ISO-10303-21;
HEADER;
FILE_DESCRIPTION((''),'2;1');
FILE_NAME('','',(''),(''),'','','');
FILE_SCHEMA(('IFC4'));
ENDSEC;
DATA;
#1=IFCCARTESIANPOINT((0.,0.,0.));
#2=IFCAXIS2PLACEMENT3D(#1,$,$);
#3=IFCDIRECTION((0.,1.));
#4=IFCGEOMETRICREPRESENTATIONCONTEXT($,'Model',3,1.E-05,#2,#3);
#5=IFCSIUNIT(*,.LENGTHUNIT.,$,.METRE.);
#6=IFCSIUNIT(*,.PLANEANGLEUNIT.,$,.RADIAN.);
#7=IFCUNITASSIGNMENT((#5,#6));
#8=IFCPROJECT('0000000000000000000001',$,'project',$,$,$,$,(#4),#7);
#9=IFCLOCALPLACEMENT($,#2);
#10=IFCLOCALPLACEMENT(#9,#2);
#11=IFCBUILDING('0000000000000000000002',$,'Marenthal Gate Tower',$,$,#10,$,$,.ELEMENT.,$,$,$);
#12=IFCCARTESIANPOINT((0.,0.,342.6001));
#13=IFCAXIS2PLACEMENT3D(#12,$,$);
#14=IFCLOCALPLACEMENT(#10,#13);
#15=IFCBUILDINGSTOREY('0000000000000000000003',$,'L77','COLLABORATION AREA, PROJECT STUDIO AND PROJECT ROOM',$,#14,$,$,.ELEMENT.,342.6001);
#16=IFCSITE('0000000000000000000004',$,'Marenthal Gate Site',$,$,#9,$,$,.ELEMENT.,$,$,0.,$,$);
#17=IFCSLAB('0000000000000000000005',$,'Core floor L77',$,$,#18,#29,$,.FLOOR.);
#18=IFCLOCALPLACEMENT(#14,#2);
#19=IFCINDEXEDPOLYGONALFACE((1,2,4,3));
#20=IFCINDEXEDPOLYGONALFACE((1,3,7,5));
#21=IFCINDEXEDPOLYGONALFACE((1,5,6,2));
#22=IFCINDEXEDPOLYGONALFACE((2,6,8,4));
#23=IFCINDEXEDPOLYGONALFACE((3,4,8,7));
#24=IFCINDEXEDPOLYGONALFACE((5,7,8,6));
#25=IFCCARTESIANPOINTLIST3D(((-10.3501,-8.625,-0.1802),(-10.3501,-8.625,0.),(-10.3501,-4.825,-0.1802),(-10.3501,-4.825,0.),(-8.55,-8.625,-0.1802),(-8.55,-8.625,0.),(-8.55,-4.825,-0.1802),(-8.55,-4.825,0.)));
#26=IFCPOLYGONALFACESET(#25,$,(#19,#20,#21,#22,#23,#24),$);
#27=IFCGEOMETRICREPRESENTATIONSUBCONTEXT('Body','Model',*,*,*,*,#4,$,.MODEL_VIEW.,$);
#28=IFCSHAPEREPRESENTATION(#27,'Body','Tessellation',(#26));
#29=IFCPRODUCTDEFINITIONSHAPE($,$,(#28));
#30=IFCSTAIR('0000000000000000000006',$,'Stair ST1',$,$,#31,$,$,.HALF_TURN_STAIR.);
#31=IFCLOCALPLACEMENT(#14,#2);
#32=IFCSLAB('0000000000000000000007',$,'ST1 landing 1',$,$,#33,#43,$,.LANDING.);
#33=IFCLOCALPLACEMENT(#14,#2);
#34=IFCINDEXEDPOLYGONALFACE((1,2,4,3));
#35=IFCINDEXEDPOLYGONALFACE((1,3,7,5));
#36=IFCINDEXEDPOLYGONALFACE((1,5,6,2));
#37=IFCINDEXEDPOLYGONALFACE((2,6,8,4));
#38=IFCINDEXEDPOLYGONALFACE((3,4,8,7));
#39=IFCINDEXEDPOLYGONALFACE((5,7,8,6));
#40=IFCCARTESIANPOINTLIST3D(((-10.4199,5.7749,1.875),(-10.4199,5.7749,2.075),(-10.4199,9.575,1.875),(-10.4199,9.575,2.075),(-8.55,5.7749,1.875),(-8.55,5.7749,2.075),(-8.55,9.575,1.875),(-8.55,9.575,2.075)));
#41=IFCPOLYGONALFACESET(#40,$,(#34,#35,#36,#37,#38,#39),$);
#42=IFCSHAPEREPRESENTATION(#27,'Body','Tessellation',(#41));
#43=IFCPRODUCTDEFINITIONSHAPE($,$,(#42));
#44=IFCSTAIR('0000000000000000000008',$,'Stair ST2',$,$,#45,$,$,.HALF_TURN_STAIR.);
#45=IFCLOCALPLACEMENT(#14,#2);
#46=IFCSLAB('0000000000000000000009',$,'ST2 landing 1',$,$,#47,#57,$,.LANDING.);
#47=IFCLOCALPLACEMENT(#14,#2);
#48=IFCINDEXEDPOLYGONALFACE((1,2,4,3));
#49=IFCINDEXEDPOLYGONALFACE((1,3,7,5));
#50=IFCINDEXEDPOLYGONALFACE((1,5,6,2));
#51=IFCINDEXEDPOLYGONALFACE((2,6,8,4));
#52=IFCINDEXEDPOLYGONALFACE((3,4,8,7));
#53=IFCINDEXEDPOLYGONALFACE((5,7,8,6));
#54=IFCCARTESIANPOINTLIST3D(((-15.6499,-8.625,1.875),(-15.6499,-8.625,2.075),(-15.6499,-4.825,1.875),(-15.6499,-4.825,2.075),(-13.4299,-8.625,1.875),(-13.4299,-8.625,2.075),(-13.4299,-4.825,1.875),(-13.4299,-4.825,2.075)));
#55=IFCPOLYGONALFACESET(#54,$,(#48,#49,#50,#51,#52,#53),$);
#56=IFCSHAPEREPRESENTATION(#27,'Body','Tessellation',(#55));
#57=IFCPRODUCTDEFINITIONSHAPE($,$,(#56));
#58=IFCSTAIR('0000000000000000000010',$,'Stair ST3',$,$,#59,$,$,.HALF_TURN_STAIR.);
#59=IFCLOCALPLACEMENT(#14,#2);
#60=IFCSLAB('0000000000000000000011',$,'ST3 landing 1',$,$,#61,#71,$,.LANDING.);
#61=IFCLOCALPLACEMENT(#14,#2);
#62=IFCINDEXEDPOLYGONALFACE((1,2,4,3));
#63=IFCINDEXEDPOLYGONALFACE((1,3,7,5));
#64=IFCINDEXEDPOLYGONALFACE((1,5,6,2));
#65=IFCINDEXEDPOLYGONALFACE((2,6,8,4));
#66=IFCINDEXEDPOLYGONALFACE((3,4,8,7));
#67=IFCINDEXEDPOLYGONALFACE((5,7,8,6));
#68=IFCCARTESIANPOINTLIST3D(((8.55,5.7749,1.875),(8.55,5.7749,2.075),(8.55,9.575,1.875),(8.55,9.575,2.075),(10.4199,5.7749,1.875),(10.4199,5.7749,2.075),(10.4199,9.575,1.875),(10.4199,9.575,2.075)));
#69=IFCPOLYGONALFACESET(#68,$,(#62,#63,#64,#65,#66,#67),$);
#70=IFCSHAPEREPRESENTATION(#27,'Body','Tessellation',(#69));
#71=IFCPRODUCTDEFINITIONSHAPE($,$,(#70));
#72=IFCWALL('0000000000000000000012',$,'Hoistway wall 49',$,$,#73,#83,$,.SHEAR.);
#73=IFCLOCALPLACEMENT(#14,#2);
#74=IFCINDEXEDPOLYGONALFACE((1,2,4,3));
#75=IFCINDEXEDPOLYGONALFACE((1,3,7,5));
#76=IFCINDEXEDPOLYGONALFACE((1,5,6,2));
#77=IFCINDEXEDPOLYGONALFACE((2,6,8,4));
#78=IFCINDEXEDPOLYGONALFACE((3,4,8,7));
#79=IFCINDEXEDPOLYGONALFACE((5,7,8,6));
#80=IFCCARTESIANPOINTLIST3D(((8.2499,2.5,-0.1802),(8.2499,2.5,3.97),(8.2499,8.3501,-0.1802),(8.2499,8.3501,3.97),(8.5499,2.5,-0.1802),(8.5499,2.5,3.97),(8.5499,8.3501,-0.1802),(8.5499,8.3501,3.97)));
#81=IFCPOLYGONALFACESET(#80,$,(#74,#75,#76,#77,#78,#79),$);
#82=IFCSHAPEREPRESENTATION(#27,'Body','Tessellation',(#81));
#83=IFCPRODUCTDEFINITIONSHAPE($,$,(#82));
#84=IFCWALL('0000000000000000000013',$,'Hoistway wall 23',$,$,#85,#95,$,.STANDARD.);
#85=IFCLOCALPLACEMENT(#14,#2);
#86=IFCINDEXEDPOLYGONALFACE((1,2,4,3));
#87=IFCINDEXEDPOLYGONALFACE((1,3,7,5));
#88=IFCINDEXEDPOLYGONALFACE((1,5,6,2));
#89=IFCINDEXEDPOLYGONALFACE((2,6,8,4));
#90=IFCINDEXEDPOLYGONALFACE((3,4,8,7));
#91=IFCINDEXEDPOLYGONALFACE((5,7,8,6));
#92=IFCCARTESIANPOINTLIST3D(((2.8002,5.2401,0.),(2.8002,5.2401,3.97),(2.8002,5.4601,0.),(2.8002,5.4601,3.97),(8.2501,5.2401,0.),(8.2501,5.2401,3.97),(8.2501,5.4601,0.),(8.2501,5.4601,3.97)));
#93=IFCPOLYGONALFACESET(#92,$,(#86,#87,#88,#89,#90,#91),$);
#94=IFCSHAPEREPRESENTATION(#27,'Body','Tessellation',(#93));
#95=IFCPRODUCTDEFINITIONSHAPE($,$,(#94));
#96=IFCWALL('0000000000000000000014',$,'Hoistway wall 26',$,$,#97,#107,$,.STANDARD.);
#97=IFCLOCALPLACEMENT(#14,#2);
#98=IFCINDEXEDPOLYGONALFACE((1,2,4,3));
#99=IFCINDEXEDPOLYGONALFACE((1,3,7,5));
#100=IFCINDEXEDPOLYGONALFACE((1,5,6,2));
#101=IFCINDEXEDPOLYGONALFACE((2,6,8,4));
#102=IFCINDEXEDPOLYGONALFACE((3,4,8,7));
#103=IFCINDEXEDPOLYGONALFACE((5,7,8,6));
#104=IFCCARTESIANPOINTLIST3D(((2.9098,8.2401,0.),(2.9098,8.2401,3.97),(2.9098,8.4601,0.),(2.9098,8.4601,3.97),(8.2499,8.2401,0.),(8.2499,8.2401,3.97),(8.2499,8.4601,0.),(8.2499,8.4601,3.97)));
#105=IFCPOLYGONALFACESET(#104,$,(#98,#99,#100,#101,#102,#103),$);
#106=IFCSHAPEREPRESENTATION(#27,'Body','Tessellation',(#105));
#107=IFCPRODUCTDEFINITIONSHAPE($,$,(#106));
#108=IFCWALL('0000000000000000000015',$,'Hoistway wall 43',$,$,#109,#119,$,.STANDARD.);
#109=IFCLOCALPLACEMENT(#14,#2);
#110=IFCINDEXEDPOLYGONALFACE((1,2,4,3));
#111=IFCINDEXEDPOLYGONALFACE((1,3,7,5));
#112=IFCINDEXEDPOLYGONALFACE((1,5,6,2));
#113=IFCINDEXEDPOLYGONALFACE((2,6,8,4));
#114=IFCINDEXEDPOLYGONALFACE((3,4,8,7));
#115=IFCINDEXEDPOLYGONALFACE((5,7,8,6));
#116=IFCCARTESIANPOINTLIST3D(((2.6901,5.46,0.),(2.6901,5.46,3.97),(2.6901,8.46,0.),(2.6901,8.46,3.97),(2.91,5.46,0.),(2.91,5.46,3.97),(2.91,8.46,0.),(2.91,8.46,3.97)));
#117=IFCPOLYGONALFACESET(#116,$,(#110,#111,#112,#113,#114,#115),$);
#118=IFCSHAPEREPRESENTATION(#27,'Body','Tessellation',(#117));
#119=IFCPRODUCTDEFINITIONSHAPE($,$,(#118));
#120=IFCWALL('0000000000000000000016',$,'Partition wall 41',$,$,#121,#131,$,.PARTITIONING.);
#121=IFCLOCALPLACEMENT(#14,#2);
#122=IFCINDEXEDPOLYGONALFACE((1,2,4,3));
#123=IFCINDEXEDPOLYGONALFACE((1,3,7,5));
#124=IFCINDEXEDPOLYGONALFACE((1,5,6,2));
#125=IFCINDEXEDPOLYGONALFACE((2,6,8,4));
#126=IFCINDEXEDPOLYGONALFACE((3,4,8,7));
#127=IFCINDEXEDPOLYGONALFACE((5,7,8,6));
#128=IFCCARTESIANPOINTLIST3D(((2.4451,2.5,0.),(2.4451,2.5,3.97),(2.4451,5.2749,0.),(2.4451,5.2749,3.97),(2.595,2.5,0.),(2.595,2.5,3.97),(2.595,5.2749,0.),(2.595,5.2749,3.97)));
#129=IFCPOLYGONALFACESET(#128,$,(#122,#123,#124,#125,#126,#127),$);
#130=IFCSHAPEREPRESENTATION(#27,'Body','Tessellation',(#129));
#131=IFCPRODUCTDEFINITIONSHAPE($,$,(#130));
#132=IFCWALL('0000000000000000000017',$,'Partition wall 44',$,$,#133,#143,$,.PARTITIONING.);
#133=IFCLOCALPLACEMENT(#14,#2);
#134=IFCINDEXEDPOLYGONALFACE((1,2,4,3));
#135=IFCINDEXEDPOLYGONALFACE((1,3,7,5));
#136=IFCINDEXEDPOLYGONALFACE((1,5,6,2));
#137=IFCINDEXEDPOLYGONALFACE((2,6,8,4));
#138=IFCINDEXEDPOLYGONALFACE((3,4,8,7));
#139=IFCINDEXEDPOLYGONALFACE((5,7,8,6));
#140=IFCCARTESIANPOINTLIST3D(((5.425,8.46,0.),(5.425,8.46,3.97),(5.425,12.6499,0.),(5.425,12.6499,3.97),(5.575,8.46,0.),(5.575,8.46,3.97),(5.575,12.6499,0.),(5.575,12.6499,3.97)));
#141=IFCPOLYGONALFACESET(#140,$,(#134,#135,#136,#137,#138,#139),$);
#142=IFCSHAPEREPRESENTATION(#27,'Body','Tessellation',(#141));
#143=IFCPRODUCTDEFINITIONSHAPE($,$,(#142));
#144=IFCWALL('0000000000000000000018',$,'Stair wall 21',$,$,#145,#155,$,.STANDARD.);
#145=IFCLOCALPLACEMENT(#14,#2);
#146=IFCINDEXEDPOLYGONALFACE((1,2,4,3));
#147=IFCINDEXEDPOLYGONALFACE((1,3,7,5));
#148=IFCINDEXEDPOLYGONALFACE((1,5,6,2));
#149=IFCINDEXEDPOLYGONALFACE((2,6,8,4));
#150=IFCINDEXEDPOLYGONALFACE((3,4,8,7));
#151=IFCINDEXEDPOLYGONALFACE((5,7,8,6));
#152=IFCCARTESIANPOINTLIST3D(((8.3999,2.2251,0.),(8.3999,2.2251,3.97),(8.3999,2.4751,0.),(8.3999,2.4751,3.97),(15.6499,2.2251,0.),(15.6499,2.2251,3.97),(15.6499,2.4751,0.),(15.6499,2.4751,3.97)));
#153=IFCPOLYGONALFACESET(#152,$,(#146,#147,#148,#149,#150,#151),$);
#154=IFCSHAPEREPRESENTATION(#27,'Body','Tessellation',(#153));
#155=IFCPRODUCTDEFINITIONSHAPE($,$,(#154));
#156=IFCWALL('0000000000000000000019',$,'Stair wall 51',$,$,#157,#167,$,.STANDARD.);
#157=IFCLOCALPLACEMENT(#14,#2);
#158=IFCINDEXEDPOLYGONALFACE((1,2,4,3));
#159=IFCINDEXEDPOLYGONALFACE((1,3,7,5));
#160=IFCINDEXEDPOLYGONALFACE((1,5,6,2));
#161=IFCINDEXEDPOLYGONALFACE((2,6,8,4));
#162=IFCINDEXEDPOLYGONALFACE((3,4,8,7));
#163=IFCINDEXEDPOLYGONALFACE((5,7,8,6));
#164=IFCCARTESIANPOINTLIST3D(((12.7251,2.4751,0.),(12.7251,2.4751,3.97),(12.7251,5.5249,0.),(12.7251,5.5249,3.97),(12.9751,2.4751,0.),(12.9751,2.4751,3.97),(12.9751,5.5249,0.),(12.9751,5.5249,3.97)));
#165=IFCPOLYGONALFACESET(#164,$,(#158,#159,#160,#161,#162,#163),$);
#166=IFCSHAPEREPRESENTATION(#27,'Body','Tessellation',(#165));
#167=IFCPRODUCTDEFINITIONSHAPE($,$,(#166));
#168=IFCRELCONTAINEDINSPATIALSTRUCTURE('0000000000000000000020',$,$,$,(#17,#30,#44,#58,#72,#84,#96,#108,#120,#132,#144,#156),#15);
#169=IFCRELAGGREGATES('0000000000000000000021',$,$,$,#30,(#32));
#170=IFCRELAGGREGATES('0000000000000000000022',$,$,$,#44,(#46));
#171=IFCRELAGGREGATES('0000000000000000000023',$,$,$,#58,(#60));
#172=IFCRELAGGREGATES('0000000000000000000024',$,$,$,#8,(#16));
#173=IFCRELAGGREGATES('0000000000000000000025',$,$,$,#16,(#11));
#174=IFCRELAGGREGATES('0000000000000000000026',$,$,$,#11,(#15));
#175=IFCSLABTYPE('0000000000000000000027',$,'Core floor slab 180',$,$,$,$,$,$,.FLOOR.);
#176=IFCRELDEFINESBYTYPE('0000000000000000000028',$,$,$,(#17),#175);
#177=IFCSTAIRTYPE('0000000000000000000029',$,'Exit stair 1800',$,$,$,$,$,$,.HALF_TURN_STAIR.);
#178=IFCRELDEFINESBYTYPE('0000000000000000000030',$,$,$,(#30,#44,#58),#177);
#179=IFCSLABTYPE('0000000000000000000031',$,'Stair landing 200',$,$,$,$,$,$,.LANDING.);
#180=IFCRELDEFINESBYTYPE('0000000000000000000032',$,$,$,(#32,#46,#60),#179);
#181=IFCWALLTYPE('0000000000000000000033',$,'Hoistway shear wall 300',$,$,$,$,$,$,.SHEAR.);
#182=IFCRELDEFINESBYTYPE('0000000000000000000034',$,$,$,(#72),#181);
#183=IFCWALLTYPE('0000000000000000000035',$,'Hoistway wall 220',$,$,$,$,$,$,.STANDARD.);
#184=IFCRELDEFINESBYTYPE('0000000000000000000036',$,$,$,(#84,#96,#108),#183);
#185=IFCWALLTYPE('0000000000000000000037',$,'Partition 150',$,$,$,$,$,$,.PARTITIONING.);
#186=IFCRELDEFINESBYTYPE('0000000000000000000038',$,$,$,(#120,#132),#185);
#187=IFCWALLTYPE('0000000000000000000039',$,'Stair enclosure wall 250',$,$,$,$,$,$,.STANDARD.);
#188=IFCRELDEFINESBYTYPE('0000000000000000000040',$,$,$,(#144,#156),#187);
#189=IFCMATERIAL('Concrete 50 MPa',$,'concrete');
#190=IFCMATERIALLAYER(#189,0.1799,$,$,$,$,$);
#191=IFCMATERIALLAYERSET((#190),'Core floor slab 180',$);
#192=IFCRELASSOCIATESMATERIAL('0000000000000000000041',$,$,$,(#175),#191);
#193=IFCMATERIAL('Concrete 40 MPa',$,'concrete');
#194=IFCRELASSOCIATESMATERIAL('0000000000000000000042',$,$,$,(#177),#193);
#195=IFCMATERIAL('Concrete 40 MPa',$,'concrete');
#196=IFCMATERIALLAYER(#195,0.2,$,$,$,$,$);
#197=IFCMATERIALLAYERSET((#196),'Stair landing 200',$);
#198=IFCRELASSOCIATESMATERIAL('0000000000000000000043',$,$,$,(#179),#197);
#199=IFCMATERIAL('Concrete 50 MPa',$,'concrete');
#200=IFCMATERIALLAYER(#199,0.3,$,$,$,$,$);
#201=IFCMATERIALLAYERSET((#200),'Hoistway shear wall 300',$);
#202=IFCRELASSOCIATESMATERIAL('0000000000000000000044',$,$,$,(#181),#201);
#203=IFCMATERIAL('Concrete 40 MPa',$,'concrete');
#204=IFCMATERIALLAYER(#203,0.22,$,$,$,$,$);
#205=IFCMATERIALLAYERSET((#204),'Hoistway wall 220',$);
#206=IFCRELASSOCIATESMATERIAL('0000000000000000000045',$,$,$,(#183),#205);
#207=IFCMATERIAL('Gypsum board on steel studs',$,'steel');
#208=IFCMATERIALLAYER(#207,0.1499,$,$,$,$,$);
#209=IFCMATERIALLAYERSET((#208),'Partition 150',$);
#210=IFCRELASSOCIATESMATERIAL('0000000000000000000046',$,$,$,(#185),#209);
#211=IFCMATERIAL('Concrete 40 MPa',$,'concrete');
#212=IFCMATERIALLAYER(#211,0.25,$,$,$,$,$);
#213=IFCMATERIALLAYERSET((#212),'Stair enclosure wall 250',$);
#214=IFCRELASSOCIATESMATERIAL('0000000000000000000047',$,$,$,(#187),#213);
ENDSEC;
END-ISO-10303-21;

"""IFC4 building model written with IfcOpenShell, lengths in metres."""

from ifc_helpers import new_model, si_unit, direction, frame, frame_2d, origin, place, context, subcontext, project, spatial, polyline, rectangle, outline, extrude, material, layer, layer_set, type_object, element, aggregate, save


model = new_model("IFC4")

# Units and contexts
model_context = context("Model", 3, precision=1e-05, world=origin(), true_north=direction((0.0, 1.0)))
body_context = subcontext(model_context, "Body", "Model", "MODEL_VIEW")
ifc_project = project(units=[si_unit("LENGTHUNIT", "METRE"), si_unit("PLANEANGLEUNIT", "RADIAN")], contexts=[model_context])

# Site, building, storey
site_placement = place(None, origin())
site = spatial("IfcSite", under=ifc_project, at=site_placement, Name="Marenthal Gate Site", CompositionType="ELEMENT", RefElevation=0.0)
building_placement = place(site_placement, origin())
building = spatial("IfcBuilding", under=site, at=building_placement, Name="Marenthal Gate Tower", CompositionType="ELEMENT")
storey_placement = place(building_placement, frame((0.0, 0.0, 342.6001)))
storey = spatial("IfcBuildingStorey", under=building, at=storey_placement, Name="L77", Description="COLLABORATION AREA, PROJECT STUDIO AND PROJECT ROOM", CompositionType="ELEMENT", Elevation=342.6001)

# Slab
ifc_material_1 = material(Name="Concrete 50 MPa", Category="concrete")
ifc_layer_1 = layer(ifc_material_1, 0.1799)
ifc_layer_set_1 = layer_set([ifc_layer_1], Name="Core floor slab 180")
slab_type_1 = type_object("IfcSlabType", Name="Core floor slab 180", PredefinedType="FLOOR", material=ifc_layer_set_1)
slab_1_placement = place(storey_placement, frame((0.0, 0.0, -0.1802)))
element("IfcSlab", 1, at=slab_1_placement, inside=storey, type_object=slab_type_1, Name="Core floor L77", PredefinedType="FLOOR", context=body_context, shape_type="SweptSolid", body=[
    extrude(outline(polyline([(-8.55, -4.825), (-8.55, -8.625), (-10.3501, -8.625), (-10.3501, -4.825), (-8.55, -4.825)])), origin(), (0.0, 0.0, 1.0), 0.1802),
])

# Stairs, slabs
ifc_material_2 = material(Name="Concrete 40 MPa", Category="concrete")
stair_type = type_object("IfcStairType", Name="Exit stair 1800", PredefinedType="HALF_TURN_STAIR", material=ifc_material_2)
stair_1_placement = place(storey_placement, origin())
stair_1 = element("IfcStair", 2, at=stair_1_placement, inside=storey, type_object=stair_type, Name="Stair ST1", PredefinedType="HALF_TURN_STAIR")
ifc_material_3 = material(Name="Concrete 40 MPa", Category="concrete")
ifc_layer_2 = layer(ifc_material_3, 0.2)
ifc_layer_set_2 = layer_set([ifc_layer_2], Name="Stair landing 200")
slab_type_2 = type_object("IfcSlabType", Name="Stair landing 200", PredefinedType="LANDING", material=ifc_layer_set_2)
slab_2_placement = place(storey_placement, frame((0.0, 0.0, 1.875)))
slab_2 = element("IfcSlab", 3, at=slab_2_placement, type_object=slab_type_2, Name="ST1 landing 1", PredefinedType="LANDING", context=body_context, shape_type="SweptSolid", body=[
    extrude(outline(polyline([(-10.4199, 5.7749), (-8.55, 5.7749), (-8.55, 9.575), (-10.4199, 9.575), (-10.4199, 5.7749)])), origin(), (0.0, 0.0, 1.0), 0.2),
])
aggregate(stair_1, [slab_2])
stair_2_placement = place(storey_placement, origin())
stair_2 = element("IfcStair", 4, at=stair_2_placement, inside=storey, type_object=stair_type, Name="Stair ST2", PredefinedType="HALF_TURN_STAIR")
slab_3_placement = place(storey_placement, frame((0.0, 0.0, 1.875)))
slab_3 = element("IfcSlab", 5, at=slab_3_placement, type_object=slab_type_2, Name="ST2 landing 1", PredefinedType="LANDING", context=body_context, shape_type="SweptSolid", body=[
    extrude(outline(polyline([(-15.6499, -8.625), (-13.4299, -8.625), (-13.4299, -4.825), (-15.6499, -4.825), (-15.6499, -8.625)])), origin(), (0.0, 0.0, 1.0), 0.2),
])
aggregate(stair_2, [slab_3])
stair_3_placement = place(storey_placement, origin())
stair_3 = element("IfcStair", 6, at=stair_3_placement, inside=storey, type_object=stair_type, Name="Stair ST3", PredefinedType="HALF_TURN_STAIR")
slab_4_placement = place(storey_placement, frame((0.0, 0.0, 1.875)))
slab_4 = element("IfcSlab", 7, at=slab_4_placement, type_object=slab_type_2, Name="ST3 landing 1", PredefinedType="LANDING", context=body_context, shape_type="SweptSolid", body=[
    extrude(outline(polyline([(8.55, 5.7749), (10.4199, 5.7749), (10.4199, 9.575), (8.55, 9.575), (8.55, 5.7749)])), origin(), (0.0, 0.0, 1.0), 0.2),
])

# Walls
ifc_material_4 = material(Name="Concrete 50 MPa", Category="concrete")
ifc_layer_3 = layer(ifc_material_4, 0.3)
ifc_layer_set_3 = layer_set([ifc_layer_3], Name="Hoistway shear wall 300")
wall_type_1 = type_object("IfcWallType", Name="Hoistway shear wall 300", PredefinedType="SHEAR", material=ifc_layer_set_3)
wall_1_placement = place(storey_placement, frame((8.3999, 2.5, -0.1802), z_axis=(0.0, 0.0, 1.0), x_axis=(0.0, 1.0, 0.0)))
element("IfcWall", 8, at=wall_1_placement, inside=storey, type_object=wall_type_1, Name="Hoistway wall 49", PredefinedType="SHEAR", context=body_context, shape_type="SweptSolid", body=[
    extrude(rectangle(XDim=5.8501, YDim=0.3, at=frame_2d((2.925, 0.0))), origin(), (0.0, 0.0, 1.0), 4.1501),
])
ifc_material_5 = material(Name="Concrete 40 MPa", Category="concrete")
ifc_layer_4 = layer(ifc_material_5, 0.22)
ifc_layer_set_4 = layer_set([ifc_layer_4], Name="Hoistway wall 220")
wall_type_2 = type_object("IfcWallType", Name="Hoistway wall 220", PredefinedType="STANDARD", material=ifc_layer_set_4)
wall_2_placement = place(storey_placement, frame((2.8, 5.3501, 0.0), z_axis=(0.0, 0.0, 1.0), x_axis=(1.0, 0.0, 0.0)))
element("IfcWall", 9, at=wall_2_placement, inside=storey, type_object=wall_type_2, Name="Hoistway wall 23", PredefinedType="STANDARD", context=body_context, shape_type="SweptSolid", body=[
    extrude(rectangle(XDim=5.45, YDim=0.22, at=frame_2d((2.7251, 0.0))), origin(), (0.0, 0.0, 1.0), 3.97),
])
wall_3_placement = place(storey_placement, frame((2.9099, 8.3501, 0.0), z_axis=(0.0, 0.0, 1.0), x_axis=(1.0, 0.0, 0.0)))
element("IfcWall", 10, at=wall_3_placement, inside=storey, type_object=wall_type_2, Name="Hoistway wall 26", PredefinedType="STANDARD", context=body_context, shape_type="SweptSolid", body=[
    extrude(rectangle(XDim=5.3401, YDim=0.22, at=frame_2d((2.6699, 0.0))), origin(), (0.0, 0.0, 1.0), 3.97),
])
wall_4_placement = place(storey_placement, frame((2.8, 5.46, 0.0), z_axis=(0.0, 0.0, 1.0), x_axis=(0.0, 1.0, 0.0)))
element("IfcWall", 11, at=wall_4_placement, inside=storey, type_object=wall_type_2, Name="Hoistway wall 43", PredefinedType="STANDARD", context=body_context, shape_type="SweptSolid", body=[
    extrude(rectangle(XDim=3.0, YDim=0.22, at=frame_2d((1.5, 0.0))), origin(), (0.0, 0.0, 1.0), 3.97),
])
ifc_material_6 = material(Name="Gypsum board on steel studs", Category="steel")
ifc_layer_5 = layer(ifc_material_6, 0.1499)
ifc_layer_set_5 = layer_set([ifc_layer_5], Name="Partition 150")
wall_type_3 = type_object("IfcWallType", Name="Partition 150", PredefinedType="PARTITIONING", material=ifc_layer_set_5)
wall_5_placement = place(storey_placement, frame((2.52, 2.5, 0.0), z_axis=(0.0, 0.0, 1.0), x_axis=(0.0, 1.0, 0.0)))
element("IfcWall", 12, at=wall_5_placement, inside=storey, type_object=wall_type_3, Name="Partition wall 41", PredefinedType="PARTITIONING", context=body_context, shape_type="SweptSolid", body=[
    extrude(rectangle(XDim=2.7749, YDim=0.1499, at=frame_2d((1.3875, 0.0))), origin(), (0.0, 0.0, 1.0), 3.97),
])
wall_6_placement = place(storey_placement, frame((5.5, 8.46, 0.0), z_axis=(0.0, 0.0, 1.0), x_axis=(0.0, 1.0, 0.0)))
element("IfcWall", 13, at=wall_6_placement, inside=storey, type_object=wall_type_3, Name="Partition wall 44", PredefinedType="PARTITIONING", context=body_context, shape_type="SweptSolid", body=[
    extrude(rectangle(XDim=4.1899, YDim=0.1499, at=frame_2d((2.095, 0.0))), origin(), (0.0, 0.0, 1.0), 3.97),
])
ifc_material_7 = material(Name="Concrete 40 MPa", Category="concrete")
ifc_layer_6 = layer(ifc_material_7, 0.25)
ifc_layer_set_6 = layer_set([ifc_layer_6], Name="Stair enclosure wall 250")
wall_type_4 = type_object("IfcWallType", Name="Stair enclosure wall 250", PredefinedType="STANDARD", material=ifc_layer_set_6)
wall_7_placement = place(storey_placement, frame((8.3999, 2.3501, 0.0), z_axis=(0.0, 0.0, 1.0), x_axis=(1.0, 0.0, 0.0)))
element("IfcWall", 14, at=wall_7_placement, inside=storey, type_object=wall_type_4, Name="Stair wall 21", PredefinedType="STANDARD", context=body_context, shape_type="SweptSolid", body=[
    extrude(rectangle(XDim=7.25, YDim=0.25, at=frame_2d((3.625, 0.0))), origin(), (0.0, 0.0, 1.0), 3.97),
])
wall_8_placement = place(storey_placement, frame((12.8501, 2.4751, 0.0), z_axis=(0.0, 0.0, 1.0), x_axis=(0.0, 1.0, 0.0)))
element("IfcWall", 15, at=wall_8_placement, inside=storey, type_object=wall_type_4, Name="Stair wall 51", PredefinedType="STANDARD", context=body_context, shape_type="SweptSolid", body=[
    extrude(rectangle(XDim=3.0498, YDim=0.25, at=frame_2d((1.5249, 0.0))), origin(), (0.0, 0.0, 1.0), 3.97),
])

aggregate(stair_3, [slab_4])

save(model, "model.ifc")
